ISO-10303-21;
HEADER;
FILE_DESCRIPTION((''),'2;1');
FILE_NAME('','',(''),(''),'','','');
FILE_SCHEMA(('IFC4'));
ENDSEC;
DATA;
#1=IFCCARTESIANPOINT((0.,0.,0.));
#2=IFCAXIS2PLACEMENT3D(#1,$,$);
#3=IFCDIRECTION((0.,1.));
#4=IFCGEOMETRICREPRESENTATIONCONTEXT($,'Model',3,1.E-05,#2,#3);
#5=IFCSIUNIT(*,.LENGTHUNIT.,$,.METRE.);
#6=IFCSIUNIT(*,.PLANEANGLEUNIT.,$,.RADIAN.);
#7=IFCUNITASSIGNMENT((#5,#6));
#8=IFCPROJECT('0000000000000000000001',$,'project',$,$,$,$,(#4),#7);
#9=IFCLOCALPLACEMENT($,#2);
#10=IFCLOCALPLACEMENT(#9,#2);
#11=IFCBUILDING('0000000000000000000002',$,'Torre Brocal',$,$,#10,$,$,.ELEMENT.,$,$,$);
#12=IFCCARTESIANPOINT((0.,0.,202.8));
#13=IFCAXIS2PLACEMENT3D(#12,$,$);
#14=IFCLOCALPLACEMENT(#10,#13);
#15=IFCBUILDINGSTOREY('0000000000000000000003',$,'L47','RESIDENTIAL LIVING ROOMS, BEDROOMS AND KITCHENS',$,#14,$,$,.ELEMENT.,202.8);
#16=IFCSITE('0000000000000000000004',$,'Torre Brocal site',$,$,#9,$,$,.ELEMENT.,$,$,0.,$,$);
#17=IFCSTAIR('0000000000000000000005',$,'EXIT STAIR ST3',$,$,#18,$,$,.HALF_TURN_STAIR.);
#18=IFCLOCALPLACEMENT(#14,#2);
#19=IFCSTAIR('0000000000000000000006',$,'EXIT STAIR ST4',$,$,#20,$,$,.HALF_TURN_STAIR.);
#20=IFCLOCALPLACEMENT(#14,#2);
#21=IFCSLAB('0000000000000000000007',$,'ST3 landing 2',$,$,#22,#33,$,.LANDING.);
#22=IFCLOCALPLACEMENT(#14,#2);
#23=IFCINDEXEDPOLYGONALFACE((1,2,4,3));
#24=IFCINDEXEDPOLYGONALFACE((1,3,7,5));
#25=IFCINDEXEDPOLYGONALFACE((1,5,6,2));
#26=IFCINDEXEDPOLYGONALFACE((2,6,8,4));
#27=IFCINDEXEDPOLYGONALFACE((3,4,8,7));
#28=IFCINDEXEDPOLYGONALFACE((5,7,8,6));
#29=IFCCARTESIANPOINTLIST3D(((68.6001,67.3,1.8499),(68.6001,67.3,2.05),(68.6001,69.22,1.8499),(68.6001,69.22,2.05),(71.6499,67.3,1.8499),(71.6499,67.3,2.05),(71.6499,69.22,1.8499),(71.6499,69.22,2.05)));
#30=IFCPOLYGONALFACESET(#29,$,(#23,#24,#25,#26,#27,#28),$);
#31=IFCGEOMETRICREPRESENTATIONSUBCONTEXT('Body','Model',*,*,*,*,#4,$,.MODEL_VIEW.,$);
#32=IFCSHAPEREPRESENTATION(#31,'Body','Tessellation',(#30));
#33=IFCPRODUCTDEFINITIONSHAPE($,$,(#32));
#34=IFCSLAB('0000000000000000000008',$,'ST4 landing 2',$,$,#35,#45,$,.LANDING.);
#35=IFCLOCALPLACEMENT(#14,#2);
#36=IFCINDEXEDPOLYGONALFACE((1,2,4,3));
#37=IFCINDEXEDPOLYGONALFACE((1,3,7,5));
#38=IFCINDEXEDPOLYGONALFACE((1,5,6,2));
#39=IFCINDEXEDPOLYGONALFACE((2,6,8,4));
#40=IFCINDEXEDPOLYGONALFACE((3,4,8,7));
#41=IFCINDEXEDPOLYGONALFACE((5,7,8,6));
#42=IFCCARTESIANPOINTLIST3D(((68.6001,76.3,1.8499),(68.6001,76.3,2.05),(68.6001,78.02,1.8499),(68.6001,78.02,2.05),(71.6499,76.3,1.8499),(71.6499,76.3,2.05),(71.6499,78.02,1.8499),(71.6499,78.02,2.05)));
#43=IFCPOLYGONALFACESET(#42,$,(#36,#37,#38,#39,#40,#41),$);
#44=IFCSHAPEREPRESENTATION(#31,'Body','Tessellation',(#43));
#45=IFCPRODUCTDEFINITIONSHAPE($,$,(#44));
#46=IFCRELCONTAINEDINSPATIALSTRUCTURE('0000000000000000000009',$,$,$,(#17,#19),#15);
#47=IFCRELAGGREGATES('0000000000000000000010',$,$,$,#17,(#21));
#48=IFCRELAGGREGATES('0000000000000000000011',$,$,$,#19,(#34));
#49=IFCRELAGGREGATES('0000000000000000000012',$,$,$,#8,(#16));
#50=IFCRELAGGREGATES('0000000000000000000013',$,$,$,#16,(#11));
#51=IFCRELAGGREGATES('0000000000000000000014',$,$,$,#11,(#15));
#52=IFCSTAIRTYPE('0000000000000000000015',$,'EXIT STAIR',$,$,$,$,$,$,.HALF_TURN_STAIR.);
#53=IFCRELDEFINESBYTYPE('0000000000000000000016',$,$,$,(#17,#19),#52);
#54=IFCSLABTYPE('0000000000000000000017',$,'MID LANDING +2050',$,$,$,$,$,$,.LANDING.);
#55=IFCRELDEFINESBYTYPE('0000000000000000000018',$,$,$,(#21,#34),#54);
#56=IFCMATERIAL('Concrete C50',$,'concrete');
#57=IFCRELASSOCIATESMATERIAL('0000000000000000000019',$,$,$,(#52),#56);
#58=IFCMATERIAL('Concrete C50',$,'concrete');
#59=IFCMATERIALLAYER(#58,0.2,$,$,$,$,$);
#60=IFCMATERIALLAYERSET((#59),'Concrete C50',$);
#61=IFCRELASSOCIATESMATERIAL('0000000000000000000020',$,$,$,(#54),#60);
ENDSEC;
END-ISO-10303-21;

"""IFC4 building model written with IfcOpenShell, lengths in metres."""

from ifc_helpers import new_model, si_unit, direction, frame, origin, place, context, subcontext, project, spatial, polyline, outline, extrude, material, layer, layer_set, type_object, element, aggregate, save


model = new_model("IFC4")

# Units and contexts
model_context = context("Model", 3, precision=1e-05, world=origin(), true_north=direction((0.0, 1.0)))
body_context = subcontext(model_context, "Body", "Model", "MODEL_VIEW")
ifc_project = project(units=[si_unit("LENGTHUNIT", "METRE"), si_unit("PLANEANGLEUNIT", "RADIAN")], contexts=[model_context])

# Site, building, storey
site_placement = place(None, origin())
site = spatial("IfcSite", under=ifc_project, at=site_placement, Name="Torre Brocal site", CompositionType="ELEMENT", RefElevation=0.0)
building_placement = place(site_placement, origin())
building = spatial("IfcBuilding", under=site, at=building_placement, Name="Torre Brocal", CompositionType="ELEMENT")
storey_placement = place(building_placement, frame((0.0, 0.0, 202.8)))
storey = spatial("IfcBuildingStorey", under=building, at=storey_placement, Name="L47", Description="RESIDENTIAL LIVING ROOMS, BEDROOMS AND KITCHENS", CompositionType="ELEMENT", Elevation=202.8)

# Stairs
ifc_material_1 = material(Name="Concrete C50", Category="concrete")
stair_type = type_object("IfcStairType", Name="EXIT STAIR", PredefinedType="HALF_TURN_STAIR", material=ifc_material_1)
stair_1_placement = place(storey_placement, origin())
stair_1 = element("IfcStair", 1, at=stair_1_placement, inside=storey, type_object=stair_type, Name="EXIT STAIR ST3", PredefinedType="HALF_TURN_STAIR")
stair_2_placement = place(storey_placement, origin())
stair_2 = element("IfcStair", 2, at=stair_2_placement, inside=storey, type_object=stair_type, Name="EXIT STAIR ST4", PredefinedType="HALF_TURN_STAIR")

# Slabs
ifc_material_2 = material(Name="Concrete C50", Category="concrete")
ifc_layer_1 = layer(ifc_material_2, 0.2)
ifc_layer_set_1 = layer_set([ifc_layer_1], Name="Concrete C50")
slab_type_1 = type_object("IfcSlabType", Name="MID LANDING +2050", PredefinedType="LANDING", material=ifc_layer_set_1)
slab_1_placement = place(storey_placement, frame((0.0, 0.0, 1.8499)))
slab_1 = element("IfcSlab", 3, at=slab_1_placement, type_object=slab_type_1, Name="ST3 landing 2", PredefinedType="LANDING", context=body_context, shape_type="SweptSolid", body=[
    extrude(outline(polyline([(71.6499, 69.22), (68.6001, 69.22), (68.6001, 67.3), (71.6499, 67.3), (71.6499, 69.22)])), origin(), (0.0, 0.0, 1.0), 0.2002),
])
aggregate(stair_1, [slab_1])
slab_2_placement = place(storey_placement, frame((0.0, 0.0, 1.8499)))
slab_2 = element("IfcSlab", 4, at=slab_2_placement, type_object=slab_type_1, Name="ST4 landing 2", PredefinedType="LANDING", context=body_context, shape_type="SweptSolid", body=[
    extrude(outline(polyline([(71.6499, 78.02), (68.6001, 78.02), (68.6001, 76.3), (71.6499, 76.3), (71.6499, 78.02)])), origin(), (0.0, 0.0, 1.0), 0.2002),
])
aggregate(stair_2, [slab_2])

save(model, "model.ifc")
